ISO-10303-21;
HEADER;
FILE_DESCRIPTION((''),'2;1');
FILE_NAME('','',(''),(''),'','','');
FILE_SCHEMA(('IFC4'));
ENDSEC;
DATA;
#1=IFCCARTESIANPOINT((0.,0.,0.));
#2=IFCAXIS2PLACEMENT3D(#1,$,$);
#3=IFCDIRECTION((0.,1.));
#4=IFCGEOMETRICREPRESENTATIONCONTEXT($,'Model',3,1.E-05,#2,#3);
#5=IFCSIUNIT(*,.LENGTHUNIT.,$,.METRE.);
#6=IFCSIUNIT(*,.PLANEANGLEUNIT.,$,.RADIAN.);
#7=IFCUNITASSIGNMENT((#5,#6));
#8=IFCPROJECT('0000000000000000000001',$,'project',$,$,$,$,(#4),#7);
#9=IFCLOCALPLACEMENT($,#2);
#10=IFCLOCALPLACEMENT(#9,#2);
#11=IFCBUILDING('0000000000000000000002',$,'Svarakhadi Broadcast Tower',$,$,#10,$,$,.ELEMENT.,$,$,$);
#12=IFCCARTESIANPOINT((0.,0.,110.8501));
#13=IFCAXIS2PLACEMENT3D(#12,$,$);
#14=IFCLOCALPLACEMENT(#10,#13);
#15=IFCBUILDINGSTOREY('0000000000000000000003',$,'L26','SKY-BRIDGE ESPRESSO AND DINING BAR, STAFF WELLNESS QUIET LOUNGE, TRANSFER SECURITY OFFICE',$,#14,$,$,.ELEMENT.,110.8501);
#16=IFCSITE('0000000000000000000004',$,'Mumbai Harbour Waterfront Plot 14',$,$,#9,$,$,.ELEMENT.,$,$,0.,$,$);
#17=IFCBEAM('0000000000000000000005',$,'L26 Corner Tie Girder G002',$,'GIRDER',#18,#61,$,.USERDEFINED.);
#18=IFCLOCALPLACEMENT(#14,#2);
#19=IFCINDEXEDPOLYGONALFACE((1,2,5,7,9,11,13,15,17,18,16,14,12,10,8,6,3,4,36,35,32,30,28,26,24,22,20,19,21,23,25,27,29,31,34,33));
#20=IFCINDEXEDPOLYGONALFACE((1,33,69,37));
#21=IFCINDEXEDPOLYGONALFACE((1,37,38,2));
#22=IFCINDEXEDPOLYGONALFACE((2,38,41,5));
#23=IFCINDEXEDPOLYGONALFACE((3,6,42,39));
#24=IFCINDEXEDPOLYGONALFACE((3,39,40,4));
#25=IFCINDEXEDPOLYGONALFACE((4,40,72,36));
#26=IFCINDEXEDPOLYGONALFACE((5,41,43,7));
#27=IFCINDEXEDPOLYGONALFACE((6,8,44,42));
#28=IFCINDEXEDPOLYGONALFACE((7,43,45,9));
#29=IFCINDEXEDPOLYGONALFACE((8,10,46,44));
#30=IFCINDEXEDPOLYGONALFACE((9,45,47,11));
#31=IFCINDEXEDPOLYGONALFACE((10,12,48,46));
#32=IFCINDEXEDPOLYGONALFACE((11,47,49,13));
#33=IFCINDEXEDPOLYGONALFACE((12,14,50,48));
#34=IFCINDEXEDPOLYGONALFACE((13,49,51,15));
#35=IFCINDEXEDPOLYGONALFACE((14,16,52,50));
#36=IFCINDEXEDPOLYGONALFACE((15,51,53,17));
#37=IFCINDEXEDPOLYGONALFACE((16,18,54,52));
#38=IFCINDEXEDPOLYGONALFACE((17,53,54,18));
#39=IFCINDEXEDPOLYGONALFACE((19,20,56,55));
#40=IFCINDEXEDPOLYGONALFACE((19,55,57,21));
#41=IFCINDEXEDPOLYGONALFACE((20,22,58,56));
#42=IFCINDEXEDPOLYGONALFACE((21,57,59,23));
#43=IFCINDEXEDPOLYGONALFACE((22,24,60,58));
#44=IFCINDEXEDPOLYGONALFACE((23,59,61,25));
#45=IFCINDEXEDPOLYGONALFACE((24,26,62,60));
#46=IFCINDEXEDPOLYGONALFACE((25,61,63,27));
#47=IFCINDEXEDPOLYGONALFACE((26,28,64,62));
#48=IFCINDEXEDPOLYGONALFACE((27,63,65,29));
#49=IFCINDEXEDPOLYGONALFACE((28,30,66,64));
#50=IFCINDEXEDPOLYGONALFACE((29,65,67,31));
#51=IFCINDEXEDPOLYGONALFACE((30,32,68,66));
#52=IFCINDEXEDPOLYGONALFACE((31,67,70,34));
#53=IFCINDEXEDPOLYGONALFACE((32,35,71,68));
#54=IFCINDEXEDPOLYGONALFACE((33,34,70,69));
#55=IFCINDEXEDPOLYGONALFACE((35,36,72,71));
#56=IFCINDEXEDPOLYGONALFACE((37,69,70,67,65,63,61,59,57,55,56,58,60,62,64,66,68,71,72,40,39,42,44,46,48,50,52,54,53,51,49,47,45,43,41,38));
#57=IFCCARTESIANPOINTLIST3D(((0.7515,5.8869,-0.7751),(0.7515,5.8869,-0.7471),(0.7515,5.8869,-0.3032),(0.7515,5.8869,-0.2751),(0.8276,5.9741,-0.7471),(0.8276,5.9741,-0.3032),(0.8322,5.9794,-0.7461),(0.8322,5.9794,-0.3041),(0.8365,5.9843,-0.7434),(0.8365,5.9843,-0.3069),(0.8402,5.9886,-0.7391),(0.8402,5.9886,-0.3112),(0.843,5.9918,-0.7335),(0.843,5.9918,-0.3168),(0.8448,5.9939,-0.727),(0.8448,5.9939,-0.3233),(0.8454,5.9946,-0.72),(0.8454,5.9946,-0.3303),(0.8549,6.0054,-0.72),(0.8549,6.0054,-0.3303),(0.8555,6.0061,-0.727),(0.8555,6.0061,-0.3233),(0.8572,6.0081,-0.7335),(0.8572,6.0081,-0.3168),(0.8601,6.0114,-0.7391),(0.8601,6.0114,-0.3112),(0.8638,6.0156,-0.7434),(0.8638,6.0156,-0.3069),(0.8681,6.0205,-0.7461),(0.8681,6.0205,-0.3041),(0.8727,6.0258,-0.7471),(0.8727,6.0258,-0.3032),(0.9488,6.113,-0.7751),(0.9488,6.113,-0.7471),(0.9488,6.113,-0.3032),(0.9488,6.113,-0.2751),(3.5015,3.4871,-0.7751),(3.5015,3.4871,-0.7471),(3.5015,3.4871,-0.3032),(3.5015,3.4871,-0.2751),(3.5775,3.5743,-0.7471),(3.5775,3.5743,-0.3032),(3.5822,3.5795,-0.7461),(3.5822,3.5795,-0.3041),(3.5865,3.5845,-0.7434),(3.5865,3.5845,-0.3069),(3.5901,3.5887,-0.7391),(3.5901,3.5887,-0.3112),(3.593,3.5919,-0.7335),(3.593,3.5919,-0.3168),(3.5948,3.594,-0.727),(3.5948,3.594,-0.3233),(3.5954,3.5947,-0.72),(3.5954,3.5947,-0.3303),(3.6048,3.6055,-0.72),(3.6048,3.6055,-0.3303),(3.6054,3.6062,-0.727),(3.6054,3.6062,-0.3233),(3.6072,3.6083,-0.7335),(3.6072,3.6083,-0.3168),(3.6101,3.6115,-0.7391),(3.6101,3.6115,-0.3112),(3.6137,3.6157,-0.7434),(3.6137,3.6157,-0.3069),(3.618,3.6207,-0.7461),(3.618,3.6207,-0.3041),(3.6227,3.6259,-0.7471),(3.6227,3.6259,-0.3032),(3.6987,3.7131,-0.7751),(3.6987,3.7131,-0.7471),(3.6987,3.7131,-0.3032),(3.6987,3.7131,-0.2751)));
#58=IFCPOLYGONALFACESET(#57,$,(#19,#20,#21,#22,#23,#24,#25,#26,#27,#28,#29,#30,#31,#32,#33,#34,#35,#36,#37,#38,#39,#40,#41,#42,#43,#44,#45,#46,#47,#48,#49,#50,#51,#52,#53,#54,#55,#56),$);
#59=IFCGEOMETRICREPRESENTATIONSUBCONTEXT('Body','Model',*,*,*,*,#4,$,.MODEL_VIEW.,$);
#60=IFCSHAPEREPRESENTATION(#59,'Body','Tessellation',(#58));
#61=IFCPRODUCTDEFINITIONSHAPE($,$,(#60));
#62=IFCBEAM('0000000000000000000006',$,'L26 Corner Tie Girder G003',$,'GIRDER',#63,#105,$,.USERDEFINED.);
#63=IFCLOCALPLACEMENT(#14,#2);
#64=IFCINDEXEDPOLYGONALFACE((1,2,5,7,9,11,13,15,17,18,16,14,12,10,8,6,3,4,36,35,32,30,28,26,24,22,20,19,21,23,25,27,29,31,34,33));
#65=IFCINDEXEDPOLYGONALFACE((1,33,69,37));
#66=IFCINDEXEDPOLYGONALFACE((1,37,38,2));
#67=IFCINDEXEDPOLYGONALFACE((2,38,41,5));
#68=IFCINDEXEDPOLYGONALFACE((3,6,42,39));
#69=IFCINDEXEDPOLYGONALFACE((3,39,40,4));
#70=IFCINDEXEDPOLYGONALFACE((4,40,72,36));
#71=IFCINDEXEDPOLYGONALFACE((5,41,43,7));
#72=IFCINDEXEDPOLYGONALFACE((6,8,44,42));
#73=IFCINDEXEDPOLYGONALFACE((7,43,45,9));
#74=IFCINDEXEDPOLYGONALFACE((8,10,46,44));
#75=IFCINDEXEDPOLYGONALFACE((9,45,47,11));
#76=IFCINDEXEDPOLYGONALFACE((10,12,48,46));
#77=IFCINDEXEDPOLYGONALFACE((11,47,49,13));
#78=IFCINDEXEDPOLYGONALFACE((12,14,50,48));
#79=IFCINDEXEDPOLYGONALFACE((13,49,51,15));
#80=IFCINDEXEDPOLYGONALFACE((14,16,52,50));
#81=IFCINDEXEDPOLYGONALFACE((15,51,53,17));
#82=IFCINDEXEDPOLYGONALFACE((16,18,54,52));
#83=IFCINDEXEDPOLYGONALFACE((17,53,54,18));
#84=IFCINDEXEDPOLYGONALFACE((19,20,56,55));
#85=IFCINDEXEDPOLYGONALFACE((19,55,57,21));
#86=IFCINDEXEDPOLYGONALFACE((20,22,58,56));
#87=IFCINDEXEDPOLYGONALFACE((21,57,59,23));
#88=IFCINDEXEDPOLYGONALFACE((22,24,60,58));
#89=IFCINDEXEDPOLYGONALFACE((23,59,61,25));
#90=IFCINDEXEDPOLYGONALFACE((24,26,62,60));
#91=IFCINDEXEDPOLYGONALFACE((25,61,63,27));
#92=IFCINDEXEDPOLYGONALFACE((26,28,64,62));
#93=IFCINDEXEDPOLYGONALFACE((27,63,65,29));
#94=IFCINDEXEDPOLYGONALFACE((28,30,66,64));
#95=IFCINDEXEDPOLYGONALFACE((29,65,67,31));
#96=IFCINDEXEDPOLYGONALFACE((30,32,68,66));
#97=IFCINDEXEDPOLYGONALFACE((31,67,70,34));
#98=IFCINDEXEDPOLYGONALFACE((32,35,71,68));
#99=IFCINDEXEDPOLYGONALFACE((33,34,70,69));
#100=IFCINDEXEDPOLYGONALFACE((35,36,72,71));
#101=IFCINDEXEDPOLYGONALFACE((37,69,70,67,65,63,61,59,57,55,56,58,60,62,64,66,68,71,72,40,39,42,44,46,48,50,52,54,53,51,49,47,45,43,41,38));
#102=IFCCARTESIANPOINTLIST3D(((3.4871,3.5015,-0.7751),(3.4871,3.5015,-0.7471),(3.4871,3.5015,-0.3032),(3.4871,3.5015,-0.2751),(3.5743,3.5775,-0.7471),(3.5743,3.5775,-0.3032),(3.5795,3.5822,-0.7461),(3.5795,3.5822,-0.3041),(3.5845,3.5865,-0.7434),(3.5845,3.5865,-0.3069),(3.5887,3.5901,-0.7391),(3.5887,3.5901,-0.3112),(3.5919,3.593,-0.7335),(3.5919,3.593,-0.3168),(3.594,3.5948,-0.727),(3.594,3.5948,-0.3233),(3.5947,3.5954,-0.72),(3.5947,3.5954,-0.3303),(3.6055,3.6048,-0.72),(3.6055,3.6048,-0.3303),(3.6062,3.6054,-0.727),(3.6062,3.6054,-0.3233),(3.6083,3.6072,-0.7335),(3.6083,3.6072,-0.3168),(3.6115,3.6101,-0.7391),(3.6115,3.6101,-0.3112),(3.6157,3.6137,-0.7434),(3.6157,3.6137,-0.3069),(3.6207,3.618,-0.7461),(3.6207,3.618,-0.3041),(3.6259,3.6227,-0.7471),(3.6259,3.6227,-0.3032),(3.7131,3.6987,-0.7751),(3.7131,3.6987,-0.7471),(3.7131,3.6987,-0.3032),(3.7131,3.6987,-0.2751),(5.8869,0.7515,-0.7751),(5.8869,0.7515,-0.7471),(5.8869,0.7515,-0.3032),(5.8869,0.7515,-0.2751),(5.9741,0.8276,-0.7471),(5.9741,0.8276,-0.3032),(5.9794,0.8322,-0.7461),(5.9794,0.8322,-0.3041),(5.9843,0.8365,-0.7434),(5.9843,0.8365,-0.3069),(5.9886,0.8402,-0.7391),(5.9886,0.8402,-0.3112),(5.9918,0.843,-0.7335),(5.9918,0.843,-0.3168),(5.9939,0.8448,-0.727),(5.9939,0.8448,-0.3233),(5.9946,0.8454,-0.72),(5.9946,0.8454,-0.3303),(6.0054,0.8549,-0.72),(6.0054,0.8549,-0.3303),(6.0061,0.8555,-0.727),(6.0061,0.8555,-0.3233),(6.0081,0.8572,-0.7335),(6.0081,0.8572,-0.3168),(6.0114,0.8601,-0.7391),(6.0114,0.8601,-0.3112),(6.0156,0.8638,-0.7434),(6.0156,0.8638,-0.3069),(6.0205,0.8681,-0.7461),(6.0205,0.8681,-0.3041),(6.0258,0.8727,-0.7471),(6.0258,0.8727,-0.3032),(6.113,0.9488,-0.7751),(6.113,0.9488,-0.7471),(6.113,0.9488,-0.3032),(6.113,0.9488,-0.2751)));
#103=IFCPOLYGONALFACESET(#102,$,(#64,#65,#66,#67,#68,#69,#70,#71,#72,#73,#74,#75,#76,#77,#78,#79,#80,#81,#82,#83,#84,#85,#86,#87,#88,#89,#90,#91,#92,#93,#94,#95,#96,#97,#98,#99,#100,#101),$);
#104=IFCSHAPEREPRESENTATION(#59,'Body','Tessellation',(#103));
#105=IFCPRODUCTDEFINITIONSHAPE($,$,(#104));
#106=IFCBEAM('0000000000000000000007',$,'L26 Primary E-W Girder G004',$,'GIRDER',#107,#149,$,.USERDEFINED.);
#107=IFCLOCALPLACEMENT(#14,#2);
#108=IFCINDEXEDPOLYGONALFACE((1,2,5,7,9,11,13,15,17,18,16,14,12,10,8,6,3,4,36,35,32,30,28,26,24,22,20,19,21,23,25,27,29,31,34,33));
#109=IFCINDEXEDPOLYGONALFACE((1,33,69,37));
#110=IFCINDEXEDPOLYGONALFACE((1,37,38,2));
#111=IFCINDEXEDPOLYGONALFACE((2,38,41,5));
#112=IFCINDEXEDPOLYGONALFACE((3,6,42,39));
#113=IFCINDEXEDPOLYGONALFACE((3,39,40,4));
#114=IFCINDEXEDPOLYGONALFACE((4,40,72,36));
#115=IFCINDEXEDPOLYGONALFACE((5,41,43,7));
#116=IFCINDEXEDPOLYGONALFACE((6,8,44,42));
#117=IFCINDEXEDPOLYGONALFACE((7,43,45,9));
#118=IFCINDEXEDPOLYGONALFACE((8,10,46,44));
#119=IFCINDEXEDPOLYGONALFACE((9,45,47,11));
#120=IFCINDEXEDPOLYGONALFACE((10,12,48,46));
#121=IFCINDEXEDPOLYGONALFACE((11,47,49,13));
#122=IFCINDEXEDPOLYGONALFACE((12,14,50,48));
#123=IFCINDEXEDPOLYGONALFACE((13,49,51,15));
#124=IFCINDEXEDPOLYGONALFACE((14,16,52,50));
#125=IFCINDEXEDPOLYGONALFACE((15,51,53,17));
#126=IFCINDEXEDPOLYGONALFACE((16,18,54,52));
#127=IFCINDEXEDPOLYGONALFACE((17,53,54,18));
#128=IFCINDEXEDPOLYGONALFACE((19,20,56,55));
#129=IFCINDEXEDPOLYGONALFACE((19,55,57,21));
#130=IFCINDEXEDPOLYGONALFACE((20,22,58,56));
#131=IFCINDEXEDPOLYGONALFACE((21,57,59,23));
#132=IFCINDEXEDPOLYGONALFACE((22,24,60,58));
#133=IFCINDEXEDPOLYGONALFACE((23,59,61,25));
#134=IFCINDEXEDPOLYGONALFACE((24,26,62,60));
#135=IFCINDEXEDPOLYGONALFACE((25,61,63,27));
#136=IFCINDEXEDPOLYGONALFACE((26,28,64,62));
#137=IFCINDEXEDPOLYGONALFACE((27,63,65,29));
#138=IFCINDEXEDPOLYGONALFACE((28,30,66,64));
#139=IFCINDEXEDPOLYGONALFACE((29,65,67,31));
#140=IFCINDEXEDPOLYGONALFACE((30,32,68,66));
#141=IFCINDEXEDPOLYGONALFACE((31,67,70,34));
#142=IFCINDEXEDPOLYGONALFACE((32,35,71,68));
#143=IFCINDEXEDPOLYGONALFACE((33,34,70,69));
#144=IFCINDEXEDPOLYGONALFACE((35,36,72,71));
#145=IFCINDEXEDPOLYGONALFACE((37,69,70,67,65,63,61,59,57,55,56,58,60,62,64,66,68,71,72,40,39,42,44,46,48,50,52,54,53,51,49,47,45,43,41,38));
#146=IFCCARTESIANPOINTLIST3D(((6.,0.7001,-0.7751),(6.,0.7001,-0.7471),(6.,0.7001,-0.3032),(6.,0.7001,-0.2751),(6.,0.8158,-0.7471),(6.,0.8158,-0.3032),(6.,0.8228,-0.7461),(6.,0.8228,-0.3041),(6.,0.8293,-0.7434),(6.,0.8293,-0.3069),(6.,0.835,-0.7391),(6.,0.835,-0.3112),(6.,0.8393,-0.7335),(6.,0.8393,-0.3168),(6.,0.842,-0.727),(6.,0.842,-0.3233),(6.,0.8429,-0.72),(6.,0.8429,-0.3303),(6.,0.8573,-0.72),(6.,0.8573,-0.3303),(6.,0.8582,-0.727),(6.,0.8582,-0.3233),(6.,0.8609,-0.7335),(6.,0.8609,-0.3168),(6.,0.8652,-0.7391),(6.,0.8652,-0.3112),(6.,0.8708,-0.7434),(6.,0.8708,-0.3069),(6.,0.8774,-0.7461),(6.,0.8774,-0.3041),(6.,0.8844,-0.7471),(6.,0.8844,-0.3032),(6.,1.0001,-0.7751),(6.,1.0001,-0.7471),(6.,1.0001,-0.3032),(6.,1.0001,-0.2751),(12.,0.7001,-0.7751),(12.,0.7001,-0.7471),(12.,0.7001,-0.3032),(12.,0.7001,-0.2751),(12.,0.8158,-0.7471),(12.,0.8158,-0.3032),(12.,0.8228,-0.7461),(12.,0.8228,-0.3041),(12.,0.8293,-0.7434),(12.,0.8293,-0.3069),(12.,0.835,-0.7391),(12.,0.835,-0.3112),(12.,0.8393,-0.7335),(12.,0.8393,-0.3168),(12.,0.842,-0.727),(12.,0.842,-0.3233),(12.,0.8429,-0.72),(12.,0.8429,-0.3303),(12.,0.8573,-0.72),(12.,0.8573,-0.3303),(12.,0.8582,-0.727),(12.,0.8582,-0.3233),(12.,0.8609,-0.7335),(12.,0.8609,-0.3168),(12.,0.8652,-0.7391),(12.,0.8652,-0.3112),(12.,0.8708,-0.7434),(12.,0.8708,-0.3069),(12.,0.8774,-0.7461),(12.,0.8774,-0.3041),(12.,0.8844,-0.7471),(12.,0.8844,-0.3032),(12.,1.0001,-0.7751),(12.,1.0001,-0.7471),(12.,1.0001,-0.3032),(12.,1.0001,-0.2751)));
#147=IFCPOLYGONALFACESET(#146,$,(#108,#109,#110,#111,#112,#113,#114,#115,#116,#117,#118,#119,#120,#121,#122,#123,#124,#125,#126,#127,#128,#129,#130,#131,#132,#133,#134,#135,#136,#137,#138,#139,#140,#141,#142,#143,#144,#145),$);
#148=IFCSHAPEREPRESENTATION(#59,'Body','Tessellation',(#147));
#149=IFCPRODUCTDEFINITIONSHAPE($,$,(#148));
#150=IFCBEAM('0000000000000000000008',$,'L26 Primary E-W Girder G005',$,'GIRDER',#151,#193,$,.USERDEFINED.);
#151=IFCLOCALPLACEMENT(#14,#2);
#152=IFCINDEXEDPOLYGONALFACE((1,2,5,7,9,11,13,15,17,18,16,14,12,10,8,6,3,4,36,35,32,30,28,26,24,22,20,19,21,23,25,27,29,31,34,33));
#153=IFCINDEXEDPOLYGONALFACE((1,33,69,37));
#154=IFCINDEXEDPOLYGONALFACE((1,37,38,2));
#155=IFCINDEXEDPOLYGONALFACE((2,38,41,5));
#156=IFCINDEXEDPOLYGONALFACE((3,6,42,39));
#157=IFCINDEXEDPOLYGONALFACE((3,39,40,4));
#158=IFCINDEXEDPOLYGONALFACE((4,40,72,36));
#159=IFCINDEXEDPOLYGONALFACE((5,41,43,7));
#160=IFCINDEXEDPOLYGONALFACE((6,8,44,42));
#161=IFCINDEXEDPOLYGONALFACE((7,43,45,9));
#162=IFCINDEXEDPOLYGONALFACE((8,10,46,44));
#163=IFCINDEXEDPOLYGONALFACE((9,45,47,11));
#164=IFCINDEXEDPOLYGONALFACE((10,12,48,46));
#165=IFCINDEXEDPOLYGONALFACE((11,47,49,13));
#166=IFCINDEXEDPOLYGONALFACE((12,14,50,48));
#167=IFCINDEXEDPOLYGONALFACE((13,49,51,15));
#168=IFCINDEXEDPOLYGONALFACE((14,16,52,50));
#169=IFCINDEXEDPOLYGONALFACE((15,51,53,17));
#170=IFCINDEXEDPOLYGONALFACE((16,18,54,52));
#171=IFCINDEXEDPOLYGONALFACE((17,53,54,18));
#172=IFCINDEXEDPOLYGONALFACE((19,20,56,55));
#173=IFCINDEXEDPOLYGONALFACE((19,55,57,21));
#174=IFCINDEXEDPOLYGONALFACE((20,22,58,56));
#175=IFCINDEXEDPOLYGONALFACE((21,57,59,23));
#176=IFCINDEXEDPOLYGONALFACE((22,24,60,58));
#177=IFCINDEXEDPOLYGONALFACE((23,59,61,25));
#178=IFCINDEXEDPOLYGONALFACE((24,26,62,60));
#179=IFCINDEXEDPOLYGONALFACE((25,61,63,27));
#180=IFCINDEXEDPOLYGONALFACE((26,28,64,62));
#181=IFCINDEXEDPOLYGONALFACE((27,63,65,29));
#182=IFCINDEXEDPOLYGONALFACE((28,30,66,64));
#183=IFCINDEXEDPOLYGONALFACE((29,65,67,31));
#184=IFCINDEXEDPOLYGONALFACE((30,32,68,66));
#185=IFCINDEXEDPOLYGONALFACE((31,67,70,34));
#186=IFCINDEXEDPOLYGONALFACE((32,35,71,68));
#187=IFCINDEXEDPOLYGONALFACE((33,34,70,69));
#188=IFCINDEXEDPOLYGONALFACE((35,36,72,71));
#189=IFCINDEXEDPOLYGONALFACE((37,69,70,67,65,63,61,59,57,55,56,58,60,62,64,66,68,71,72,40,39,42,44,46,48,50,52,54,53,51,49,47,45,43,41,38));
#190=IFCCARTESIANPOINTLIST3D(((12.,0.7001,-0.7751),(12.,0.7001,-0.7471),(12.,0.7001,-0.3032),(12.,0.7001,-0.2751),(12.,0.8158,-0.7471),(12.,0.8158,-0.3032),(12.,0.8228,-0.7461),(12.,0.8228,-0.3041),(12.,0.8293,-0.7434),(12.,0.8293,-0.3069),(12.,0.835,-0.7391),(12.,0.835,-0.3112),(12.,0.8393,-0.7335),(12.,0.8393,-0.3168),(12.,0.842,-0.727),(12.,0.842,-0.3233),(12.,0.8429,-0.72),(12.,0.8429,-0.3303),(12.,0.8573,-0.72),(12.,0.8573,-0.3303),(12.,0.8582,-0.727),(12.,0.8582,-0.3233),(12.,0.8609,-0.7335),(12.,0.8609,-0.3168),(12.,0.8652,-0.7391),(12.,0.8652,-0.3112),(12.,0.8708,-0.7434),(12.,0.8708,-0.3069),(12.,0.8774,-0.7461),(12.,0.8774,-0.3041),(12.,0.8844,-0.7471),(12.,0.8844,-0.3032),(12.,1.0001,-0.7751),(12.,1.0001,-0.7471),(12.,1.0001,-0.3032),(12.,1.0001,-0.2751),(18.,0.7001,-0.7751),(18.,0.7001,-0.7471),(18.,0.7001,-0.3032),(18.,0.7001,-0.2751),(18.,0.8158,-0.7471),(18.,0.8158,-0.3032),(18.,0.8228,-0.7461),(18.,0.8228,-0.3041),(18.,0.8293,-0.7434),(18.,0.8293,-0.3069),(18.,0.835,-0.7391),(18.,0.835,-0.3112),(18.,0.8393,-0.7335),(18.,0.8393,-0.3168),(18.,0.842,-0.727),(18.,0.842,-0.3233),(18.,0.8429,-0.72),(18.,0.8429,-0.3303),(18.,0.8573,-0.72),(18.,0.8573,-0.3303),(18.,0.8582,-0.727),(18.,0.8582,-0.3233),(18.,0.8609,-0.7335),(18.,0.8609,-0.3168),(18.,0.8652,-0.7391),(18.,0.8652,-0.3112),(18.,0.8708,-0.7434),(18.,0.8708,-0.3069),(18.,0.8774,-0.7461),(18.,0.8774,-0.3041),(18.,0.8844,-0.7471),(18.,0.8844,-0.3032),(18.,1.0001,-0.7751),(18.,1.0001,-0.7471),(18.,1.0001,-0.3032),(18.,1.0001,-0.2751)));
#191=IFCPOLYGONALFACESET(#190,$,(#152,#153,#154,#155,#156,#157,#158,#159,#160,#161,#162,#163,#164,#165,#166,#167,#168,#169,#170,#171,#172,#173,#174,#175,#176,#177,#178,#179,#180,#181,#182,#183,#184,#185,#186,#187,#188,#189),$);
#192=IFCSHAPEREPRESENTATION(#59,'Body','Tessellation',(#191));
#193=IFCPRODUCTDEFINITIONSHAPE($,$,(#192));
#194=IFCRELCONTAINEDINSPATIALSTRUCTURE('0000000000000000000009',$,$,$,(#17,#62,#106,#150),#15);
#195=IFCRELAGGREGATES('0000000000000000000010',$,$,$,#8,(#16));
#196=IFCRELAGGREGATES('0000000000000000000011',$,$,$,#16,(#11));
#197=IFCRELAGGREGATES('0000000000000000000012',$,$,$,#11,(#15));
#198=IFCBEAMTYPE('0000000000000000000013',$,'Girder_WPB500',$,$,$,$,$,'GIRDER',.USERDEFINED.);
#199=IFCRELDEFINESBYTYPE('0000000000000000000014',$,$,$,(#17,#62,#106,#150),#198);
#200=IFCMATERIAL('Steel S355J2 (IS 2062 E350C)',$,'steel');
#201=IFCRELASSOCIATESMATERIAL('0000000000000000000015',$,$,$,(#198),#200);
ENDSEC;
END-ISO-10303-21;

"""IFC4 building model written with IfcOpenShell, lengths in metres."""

from ifc_helpers import new_model, si_unit, direction, frame, origin, origin_2d, place, context, subcontext, project, spatial, i_section, extrude, material, material_profile, profile_set, type_object, element, save


model = new_model("IFC4")

# Units and contexts
model_context = context("Model", 3, precision=1e-05, world=origin(), true_north=direction((0.0, 1.0)))
body_context = subcontext(model_context, "Body", "Model", "MODEL_VIEW")
ifc_project = project(units=[si_unit("LENGTHUNIT", "METRE"), si_unit("PLANEANGLEUNIT", "RADIAN")], contexts=[model_context])

# Site, building, storey
site_placement = place(None, origin())
site = spatial("IfcSite", under=ifc_project, at=site_placement, Name="Mumbai Harbour Waterfront Plot 14", CompositionType="ELEMENT", RefElevation=0.0)
building_placement = place(site_placement, origin())
building = spatial("IfcBuilding", under=site, at=building_placement, Name="Svarakhadi Broadcast Tower", CompositionType="ELEMENT")
storey_placement = place(building_placement, frame((0.0, 0.0, 110.8501)))
storey = spatial("IfcBuildingStorey", under=building, at=storey_placement, Name="L26", Description="SKY-BRIDGE ESPRESSO AND DINING BAR, STAFF WELLNESS QUIET LOUNGE, TRANSFER SECURITY OFFICE", CompositionType="ELEMENT", Elevation=110.8501)

# Shared definitions
ifc_material_1 = material(Name="Steel S355J2 (IS 2062 E350C)", Category="steel")

# Beams
ifc_material_profile_1 = material_profile(ifc_material_1, i_section(OverallWidth=0.3, OverallDepth=0.5, WebThickness=0.0144, FlangeThickness=0.0281, FilletRadius=0.0271, at=origin_2d()), Name="WPB 500x300x187")
ifc_profile_set_1 = profile_set([ifc_material_profile_1], Name="Steel S355J2 (IS 2062 E350C)")
beam_type_1 = type_object("IfcBeamType", Name="Girder_WPB500", ElementType="GIRDER", PredefinedType="USERDEFINED", material=ifc_profile_set_1)
for number, where, z_axis, x_axis, name in (
    (1, (3.6001, 3.6001, -0.5251), (-0.753438, 0.657519, 0.0), (-0.657519, -0.753438, 0.0), "L26 Corner Tie Girder G002"),
    (2, (3.6001, 3.6001, -0.5251), (0.657519, -0.753438, 0.0), (0.753438, 0.657519, 0.0), "L26 Corner Tie Girder G003"),
):
    element("IfcBeam", number, at=place(storey_placement, frame(where, z_axis=z_axis, x_axis=x_axis)), inside=storey, type_object=beam_type_1, Name=name, ObjectType="GIRDER", PredefinedType="USERDEFINED", context=body_context, shape_type="SweptSolid", body=[
        extrude(i_section(OverallWidth=0.3, OverallDepth=0.5, WebThickness=0.0144, FlangeThickness=0.0281, FilletRadius=0.0271, at=origin_2d()), origin(), (0.0, 0.0, 1.0), 3.6499),
    ])
for number, where, z_axis, x_axis, name in (
    (3, (6.0, 0.8501, -0.5251), (1.0, 0.0, 0.0), (0.0, 1.0, 0.0), "L26 Primary E-W Girder G004"),
    (4, (12.0, 0.8501, -0.5251), (1.0, 0.0, 0.0), (0.0, 1.0, 0.0), "L26 Primary E-W Girder G005"),
):
    element("IfcBeam", number, at=place(storey_placement, frame(where, z_axis=z_axis, x_axis=x_axis)), inside=storey, type_object=beam_type_1, Name=name, ObjectType="GIRDER", PredefinedType="USERDEFINED", context=body_context, shape_type="SweptSolid", body=[
        extrude(i_section(OverallWidth=0.3, OverallDepth=0.5, WebThickness=0.0144, FlangeThickness=0.0281, FilletRadius=0.0271, at=origin_2d()), origin(), (0.0, 0.0, 1.0), 6.0),
    ])

save(model, "model.ifc")
